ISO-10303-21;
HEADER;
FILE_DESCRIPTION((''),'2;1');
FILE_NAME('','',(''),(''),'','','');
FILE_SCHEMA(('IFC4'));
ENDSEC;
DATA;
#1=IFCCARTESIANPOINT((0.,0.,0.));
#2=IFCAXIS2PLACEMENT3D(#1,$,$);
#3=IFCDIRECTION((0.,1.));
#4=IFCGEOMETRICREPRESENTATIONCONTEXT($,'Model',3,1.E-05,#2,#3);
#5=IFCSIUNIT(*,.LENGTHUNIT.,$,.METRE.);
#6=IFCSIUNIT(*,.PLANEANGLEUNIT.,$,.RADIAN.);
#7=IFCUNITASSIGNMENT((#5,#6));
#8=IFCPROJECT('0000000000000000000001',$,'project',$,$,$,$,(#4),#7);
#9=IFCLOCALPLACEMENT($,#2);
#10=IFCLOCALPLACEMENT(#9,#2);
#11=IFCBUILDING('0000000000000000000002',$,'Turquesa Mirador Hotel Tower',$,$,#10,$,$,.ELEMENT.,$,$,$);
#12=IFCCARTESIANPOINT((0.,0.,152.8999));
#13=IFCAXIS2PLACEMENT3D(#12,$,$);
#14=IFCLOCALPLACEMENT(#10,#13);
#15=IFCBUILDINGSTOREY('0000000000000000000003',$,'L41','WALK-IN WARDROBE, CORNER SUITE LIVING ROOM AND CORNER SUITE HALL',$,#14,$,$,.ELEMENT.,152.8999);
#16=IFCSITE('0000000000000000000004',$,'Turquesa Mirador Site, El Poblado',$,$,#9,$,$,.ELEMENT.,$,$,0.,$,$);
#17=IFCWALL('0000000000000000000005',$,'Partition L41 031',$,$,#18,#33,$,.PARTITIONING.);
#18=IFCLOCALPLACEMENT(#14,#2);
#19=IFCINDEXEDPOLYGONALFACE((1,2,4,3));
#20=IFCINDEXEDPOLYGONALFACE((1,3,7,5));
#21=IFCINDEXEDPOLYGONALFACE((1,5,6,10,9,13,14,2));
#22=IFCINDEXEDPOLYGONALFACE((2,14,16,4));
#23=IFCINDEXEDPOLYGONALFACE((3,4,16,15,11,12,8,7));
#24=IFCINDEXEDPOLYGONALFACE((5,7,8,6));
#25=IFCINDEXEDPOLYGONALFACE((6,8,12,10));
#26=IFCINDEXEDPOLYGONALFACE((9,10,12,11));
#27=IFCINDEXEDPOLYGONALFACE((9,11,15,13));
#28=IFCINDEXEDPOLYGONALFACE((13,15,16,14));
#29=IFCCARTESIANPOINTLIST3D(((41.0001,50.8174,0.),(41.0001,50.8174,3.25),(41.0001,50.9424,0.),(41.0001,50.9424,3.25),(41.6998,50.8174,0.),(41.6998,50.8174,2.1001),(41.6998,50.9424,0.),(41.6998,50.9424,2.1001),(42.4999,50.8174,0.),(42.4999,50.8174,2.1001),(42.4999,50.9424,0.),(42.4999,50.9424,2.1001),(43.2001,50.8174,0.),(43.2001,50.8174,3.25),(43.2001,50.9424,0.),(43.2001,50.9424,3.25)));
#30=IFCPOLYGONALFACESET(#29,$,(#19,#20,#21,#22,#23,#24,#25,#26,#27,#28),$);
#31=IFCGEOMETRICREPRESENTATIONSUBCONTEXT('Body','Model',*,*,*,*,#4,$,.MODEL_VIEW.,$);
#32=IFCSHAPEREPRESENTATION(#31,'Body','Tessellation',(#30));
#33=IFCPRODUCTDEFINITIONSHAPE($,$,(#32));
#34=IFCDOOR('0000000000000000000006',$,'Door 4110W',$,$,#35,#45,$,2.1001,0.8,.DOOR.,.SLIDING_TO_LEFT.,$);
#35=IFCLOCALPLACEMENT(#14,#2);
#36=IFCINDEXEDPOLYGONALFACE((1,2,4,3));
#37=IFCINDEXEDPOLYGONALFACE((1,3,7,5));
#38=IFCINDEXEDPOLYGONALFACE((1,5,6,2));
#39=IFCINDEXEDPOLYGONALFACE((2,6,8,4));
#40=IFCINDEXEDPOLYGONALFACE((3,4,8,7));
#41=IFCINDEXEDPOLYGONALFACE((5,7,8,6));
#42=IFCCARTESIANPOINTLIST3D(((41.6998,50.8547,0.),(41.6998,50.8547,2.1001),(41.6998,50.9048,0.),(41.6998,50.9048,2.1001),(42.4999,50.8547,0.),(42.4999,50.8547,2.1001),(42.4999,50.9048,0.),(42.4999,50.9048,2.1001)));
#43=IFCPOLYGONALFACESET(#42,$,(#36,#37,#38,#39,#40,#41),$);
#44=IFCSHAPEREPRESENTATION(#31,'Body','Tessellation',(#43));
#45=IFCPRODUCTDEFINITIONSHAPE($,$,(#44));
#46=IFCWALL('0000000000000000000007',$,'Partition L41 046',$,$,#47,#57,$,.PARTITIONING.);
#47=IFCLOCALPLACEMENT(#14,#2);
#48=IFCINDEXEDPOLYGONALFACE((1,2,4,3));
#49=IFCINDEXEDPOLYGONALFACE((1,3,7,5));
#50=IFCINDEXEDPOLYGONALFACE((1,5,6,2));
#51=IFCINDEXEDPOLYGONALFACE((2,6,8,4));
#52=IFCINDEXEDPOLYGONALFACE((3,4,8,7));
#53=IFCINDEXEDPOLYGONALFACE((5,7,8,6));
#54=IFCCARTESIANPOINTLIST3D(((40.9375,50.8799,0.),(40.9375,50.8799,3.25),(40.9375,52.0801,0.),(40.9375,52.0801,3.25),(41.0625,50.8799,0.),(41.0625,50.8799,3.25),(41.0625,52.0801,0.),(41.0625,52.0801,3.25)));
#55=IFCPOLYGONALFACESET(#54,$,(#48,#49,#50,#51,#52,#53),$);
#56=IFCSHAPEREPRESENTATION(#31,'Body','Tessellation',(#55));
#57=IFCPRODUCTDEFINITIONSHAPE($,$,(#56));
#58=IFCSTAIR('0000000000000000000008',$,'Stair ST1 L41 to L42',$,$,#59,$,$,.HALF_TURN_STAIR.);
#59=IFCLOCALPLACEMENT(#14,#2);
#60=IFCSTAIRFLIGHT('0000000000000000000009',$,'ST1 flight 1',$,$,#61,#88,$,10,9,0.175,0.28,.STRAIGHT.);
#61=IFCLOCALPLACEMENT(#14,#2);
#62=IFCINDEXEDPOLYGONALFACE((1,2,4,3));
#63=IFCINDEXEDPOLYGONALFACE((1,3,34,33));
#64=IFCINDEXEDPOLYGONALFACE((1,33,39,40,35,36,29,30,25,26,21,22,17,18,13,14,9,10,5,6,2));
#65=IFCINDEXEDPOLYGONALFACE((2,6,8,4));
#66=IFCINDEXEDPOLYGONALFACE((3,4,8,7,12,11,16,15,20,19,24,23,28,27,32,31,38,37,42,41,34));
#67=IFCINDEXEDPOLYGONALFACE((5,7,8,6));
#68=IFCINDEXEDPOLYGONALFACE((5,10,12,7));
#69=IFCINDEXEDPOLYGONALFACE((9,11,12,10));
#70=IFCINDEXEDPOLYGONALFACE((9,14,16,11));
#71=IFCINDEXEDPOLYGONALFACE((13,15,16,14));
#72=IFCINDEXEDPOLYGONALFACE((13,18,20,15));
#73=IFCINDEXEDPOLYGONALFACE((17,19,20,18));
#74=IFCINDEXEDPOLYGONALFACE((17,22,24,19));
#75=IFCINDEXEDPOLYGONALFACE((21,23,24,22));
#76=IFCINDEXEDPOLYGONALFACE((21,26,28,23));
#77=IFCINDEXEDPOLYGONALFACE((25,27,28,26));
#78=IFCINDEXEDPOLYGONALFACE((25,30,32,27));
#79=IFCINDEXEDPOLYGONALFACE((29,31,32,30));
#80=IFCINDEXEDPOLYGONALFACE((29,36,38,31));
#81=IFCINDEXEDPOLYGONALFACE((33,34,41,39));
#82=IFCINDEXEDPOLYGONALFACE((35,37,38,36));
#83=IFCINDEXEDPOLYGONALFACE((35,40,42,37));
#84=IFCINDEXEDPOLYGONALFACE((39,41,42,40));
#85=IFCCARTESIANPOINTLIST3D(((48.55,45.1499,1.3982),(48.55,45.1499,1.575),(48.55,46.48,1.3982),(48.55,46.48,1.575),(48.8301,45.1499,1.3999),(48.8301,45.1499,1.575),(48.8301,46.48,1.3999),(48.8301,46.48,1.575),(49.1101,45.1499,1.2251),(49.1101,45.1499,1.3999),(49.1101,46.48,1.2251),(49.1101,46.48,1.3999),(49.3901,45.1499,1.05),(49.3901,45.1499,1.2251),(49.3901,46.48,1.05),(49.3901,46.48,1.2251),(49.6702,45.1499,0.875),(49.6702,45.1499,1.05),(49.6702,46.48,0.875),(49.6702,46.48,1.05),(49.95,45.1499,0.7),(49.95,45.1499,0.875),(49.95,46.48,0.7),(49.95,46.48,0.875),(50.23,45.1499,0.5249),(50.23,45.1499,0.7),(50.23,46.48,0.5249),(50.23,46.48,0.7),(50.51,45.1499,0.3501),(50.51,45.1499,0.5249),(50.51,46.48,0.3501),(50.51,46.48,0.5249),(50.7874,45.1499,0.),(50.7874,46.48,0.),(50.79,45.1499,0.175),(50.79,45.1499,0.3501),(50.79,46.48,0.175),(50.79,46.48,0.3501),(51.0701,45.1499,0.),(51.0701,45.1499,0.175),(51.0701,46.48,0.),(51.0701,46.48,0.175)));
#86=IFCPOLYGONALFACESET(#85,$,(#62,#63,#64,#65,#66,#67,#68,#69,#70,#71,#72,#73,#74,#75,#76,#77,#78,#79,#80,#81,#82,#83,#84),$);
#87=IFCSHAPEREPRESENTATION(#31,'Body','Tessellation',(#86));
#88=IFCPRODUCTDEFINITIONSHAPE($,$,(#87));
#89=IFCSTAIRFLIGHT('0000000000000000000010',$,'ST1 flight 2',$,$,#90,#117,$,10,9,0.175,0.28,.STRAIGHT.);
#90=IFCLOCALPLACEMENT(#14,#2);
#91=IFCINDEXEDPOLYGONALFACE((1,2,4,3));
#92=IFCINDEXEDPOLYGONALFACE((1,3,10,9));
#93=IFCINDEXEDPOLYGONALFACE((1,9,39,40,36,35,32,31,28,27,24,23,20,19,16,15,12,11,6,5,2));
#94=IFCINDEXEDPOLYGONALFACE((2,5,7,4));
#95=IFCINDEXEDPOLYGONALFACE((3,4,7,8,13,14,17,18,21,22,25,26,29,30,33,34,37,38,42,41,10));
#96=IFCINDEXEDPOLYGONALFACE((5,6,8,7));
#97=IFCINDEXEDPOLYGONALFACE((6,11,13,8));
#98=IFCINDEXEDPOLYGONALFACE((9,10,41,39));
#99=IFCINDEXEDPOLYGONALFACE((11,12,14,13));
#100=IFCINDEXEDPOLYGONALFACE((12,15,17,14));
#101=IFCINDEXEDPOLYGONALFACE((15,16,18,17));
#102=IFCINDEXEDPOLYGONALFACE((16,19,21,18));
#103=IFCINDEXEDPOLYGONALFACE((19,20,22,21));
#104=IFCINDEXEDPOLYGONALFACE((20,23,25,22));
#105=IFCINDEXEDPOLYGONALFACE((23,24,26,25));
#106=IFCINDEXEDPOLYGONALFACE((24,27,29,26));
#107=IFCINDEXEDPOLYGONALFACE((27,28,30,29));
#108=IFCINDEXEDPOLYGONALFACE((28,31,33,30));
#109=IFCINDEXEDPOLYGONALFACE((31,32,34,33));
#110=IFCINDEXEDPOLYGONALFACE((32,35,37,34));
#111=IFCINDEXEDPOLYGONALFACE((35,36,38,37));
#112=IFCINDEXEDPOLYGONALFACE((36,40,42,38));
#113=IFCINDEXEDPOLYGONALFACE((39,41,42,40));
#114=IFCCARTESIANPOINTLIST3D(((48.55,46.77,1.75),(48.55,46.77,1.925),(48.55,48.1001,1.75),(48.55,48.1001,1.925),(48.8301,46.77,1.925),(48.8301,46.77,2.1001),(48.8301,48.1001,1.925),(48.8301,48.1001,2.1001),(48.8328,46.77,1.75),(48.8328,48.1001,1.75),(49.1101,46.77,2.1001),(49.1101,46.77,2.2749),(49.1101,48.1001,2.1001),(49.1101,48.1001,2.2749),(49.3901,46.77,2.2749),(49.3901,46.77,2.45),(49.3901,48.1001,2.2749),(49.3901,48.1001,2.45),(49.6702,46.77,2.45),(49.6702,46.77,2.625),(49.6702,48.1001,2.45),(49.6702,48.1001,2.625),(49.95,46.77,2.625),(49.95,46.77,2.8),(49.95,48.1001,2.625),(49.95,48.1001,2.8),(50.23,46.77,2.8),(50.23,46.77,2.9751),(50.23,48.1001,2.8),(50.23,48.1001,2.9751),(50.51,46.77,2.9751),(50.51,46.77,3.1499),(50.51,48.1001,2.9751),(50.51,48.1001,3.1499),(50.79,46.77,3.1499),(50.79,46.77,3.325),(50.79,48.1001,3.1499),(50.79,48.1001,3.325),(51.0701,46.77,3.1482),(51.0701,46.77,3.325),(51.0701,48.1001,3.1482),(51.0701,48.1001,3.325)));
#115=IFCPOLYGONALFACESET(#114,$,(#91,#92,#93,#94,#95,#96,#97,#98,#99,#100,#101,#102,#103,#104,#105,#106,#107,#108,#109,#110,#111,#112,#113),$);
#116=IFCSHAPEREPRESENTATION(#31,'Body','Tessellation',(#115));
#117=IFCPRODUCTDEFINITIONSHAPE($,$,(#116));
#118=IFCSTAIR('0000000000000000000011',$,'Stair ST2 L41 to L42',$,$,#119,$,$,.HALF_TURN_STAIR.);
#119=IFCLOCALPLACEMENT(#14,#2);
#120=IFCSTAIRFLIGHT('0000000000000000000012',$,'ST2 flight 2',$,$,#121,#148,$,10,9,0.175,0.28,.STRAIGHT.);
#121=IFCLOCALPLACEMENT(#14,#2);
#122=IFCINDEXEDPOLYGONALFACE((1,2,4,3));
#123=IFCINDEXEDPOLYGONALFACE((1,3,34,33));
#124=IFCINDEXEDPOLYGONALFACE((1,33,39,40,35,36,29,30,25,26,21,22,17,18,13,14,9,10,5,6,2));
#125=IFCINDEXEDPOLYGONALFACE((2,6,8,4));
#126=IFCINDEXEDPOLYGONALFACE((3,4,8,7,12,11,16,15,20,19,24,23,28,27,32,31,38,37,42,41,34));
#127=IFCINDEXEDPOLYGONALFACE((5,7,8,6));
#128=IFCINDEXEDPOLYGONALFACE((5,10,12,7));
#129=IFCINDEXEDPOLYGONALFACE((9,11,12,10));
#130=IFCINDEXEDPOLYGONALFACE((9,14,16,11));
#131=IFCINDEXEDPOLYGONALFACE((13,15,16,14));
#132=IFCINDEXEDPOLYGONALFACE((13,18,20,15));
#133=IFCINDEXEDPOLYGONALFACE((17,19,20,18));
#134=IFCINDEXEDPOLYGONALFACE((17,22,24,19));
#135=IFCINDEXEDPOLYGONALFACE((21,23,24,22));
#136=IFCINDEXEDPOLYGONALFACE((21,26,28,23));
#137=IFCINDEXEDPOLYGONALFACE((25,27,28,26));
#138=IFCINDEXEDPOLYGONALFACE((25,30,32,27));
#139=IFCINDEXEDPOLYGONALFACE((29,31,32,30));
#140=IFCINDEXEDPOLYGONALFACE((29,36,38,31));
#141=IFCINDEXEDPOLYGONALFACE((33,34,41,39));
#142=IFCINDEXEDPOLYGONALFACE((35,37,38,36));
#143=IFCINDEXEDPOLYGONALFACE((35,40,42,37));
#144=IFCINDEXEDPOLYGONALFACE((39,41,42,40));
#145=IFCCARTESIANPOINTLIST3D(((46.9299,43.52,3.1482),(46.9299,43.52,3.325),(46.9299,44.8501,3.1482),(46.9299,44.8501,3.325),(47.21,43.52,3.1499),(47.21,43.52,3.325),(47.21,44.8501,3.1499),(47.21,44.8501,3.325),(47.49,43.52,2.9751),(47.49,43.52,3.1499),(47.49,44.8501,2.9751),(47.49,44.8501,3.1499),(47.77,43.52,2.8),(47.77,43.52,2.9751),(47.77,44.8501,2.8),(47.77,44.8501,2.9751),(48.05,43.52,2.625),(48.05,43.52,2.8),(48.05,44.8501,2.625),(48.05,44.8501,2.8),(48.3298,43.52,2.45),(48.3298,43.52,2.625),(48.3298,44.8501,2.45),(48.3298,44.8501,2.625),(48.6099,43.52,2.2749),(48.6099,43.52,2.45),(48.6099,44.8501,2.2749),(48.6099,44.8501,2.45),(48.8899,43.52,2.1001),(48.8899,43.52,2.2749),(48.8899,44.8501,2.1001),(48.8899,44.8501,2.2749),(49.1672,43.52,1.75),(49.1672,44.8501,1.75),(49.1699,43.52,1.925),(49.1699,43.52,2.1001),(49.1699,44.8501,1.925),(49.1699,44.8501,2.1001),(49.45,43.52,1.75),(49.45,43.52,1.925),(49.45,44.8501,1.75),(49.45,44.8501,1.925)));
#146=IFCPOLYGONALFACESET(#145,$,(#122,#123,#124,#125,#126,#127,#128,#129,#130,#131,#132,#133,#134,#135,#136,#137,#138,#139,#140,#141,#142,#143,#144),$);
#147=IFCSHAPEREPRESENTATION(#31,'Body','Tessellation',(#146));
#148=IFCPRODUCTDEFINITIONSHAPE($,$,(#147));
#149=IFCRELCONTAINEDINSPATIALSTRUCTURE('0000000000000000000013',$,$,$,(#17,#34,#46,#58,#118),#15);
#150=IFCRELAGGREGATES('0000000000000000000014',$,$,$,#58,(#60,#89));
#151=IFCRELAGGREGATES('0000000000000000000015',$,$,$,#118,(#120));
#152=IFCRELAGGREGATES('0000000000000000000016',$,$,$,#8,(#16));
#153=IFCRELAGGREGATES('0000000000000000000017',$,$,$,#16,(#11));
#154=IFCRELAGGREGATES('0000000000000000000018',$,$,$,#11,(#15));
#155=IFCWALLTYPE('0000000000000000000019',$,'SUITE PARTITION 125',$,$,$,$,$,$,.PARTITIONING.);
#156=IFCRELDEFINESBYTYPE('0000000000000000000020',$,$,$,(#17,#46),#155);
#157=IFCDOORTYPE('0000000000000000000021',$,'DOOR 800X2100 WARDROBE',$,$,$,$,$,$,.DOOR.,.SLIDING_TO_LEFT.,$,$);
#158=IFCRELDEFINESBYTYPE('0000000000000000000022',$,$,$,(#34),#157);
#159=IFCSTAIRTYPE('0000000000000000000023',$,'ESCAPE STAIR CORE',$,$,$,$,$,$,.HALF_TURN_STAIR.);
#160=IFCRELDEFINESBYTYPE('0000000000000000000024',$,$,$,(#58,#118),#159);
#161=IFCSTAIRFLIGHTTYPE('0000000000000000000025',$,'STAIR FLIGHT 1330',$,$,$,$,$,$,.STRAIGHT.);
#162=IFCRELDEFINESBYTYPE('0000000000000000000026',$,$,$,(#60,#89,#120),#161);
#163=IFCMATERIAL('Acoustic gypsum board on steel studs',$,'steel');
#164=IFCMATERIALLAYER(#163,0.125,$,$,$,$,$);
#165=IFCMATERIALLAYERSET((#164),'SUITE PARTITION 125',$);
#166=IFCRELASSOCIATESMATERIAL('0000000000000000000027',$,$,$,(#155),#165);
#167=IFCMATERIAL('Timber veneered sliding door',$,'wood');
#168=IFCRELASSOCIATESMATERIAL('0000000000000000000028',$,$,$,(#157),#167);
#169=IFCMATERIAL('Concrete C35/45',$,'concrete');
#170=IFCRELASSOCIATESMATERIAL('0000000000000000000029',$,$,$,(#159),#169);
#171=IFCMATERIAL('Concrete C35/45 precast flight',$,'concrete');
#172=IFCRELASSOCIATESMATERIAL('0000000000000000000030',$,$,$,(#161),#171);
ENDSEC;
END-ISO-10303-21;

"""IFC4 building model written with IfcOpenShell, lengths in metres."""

from ifc_helpers import new_model, si_unit, direction, frame, frame_2d, origin, place, context, subcontext, project, spatial, polyline, rectangle, outline, extrude, material, layer, layer_set, type_object, element, fill, aggregate, save


model = new_model("IFC4")

# Units and contexts
model_context = context("Model", 3, precision=1e-05, world=origin(), true_north=direction((0.0, 1.0)))
body_context = subcontext(model_context, "Body", "Model", "MODEL_VIEW")
ifc_project = project(units=[si_unit("LENGTHUNIT", "METRE"), si_unit("PLANEANGLEUNIT", "RADIAN")], contexts=[model_context])

# Site, building, storey
site_placement = place(None, origin())
site = spatial("IfcSite", under=ifc_project, at=site_placement, Name="Turquesa Mirador Site, El Poblado", CompositionType="ELEMENT", RefElevation=0.0)
building_placement = place(site_placement, origin())
building = spatial("IfcBuilding", under=site, at=building_placement, Name="Turquesa Mirador Hotel Tower", CompositionType="ELEMENT")
storey_placement = place(building_placement, frame((0.0, 0.0, 152.8999)))
storey = spatial("IfcBuildingStorey", under=building, at=storey_placement, Name="L41", Description="WALK-IN WARDROBE, CORNER SUITE LIVING ROOM AND CORNER SUITE HALL", CompositionType="ELEMENT", Elevation=152.8999)

# Wall, opening, door
ifc_material_1 = material(Name="Acoustic gypsum board on steel studs", Category="steel")
ifc_layer_1 = layer(ifc_material_1, 0.125)
ifc_layer_set_1 = layer_set([ifc_layer_1], Name="SUITE PARTITION 125")
wall_type_1 = type_object("IfcWallType", Name="SUITE PARTITION 125", PredefinedType="PARTITIONING", material=ifc_layer_set_1)
wall_1_placement = place(storey_placement, frame((41.0, 50.8799, 0.0), z_axis=(0.0, 0.0, 1.0), x_axis=(1.0, 0.0, 0.0)))
wall_1 = element("IfcWall", 1, at=wall_1_placement, inside=storey, type_object=wall_type_1, Name="Partition L41 031", PredefinedType="PARTITIONING", context=body_context, shape_type="SweptSolid", body=[
    extrude(rectangle(XDim=2.2, YDim=0.125, at=frame_2d((1.1001, 0.0))), origin(), (0.0, 0.0, 1.0), 3.25),
])
opening_1_placement = place(wall_1_placement, frame((0.7, 0.0, 0.0)))
opening_1 = element("IfcOpeningElement", 2, at=opening_1_placement, cuts=wall_1, PredefinedType="OPENING", context=body_context, shape_type="SweptSolid", body=[
    extrude(rectangle(XDim=0.8, YDim=2.1001, at=frame_2d((0.3999, 1.05))), frame((0.0, 0.0725, 0.0), z_axis=(0.0, -1.0, 0.0), x_axis=(1.0, 0.0, 0.0)), (0.0, 0.0, 1.0), 0.145),
])
ifc_material_2 = material(Name="Timber veneered sliding door", Category="wood")
door_type_1 = type_object("IfcDoorType", Name="DOOR 800X2100 WARDROBE", OperationType="SLIDING_TO_LEFT", PredefinedType="DOOR", material=ifc_material_2)
door_1_placement = place(opening_1_placement, origin())
door_1 = element("IfcDoor", 3, at=door_1_placement, inside=storey, type_object=door_type_1, Name="Door 4110W", OperationType="SLIDING_TO_LEFT", OverallHeight=2.1001, OverallWidth=0.8, PredefinedType="DOOR", context=body_context, shape_type="SweptSolid", body=[
    extrude(rectangle(XDim=0.8, YDim=2.1001, at=frame_2d((0.3999, 1.05))), frame((0.0, 0.0249, 0.0), z_axis=(0.0, -1.0, 0.0), x_axis=(1.0, 0.0, 0.0)), (0.0, 0.0, 1.0), 0.05),
])
fill(opening_1, door_1)

# Wall
wall_2_placement = place(storey_placement, frame((41.0, 50.8799, 0.0), z_axis=(0.0, 0.0, 1.0), x_axis=(0.0, 1.0, 0.0)))
element("IfcWall", 4, at=wall_2_placement, inside=storey, type_object=wall_type_1, Name="Partition L41 046", PredefinedType="PARTITIONING", context=body_context, shape_type="SweptSolid", body=[
    extrude(rectangle(XDim=1.2002, YDim=0.125, at=frame_2d((0.6001, 0.0))), origin(), (0.0, 0.0, 1.0), 3.25),
])

# Stair, stair flights
ifc_material_3 = material(Name="Concrete C35/45", Category="concrete")
stair_type = type_object("IfcStairType", Name="ESCAPE STAIR CORE", PredefinedType="HALF_TURN_STAIR", material=ifc_material_3)
stair_1_placement = place(storey_placement, origin())
stair_1 = element("IfcStair", 5, at=stair_1_placement, inside=storey, type_object=stair_type, Name="Stair ST1 L41 to L42", PredefinedType="HALF_TURN_STAIR")
ifc_material_4 = material(Name="Concrete C35/45 precast flight", Category="concrete")
stair_flight_type = type_object("IfcStairFlightType", Name="STAIR FLIGHT 1330", PredefinedType="STRAIGHT", material=ifc_material_4)
stair_flight_1_placement = place(storey_placement, frame((51.0701, 45.8149, 0.0), z_axis=(0.0, 0.0, 1.0), x_axis=(-1.0, 0.0, 0.0)))
stair_flight_1 = element("IfcStairFlight", 6, at=stair_flight_1_placement, type_object=stair_flight_type, Name="ST1 flight 1", NumberOfRisers=10, NumberOfTreads=9, PredefinedType="STRAIGHT", RiserHeight=0.175, TreadLength=0.28, context=body_context, shape_type="SweptSolid", body=[
    extrude(outline(polyline([(0.0, 0.0), (0.0, 0.175), (0.28, 0.175), (0.28, 0.3501), (0.5601, 0.3501), (0.5601, 0.5249), (0.8401, 0.5249), (0.8401, 0.7), (1.1201, 0.7), (1.1201, 0.875), (1.3999, 0.875), (1.3999, 1.05), (1.6799, 1.05), (1.6799, 1.2251), (1.96, 1.2251), (1.96, 1.3999), (2.24, 1.3999), (2.24, 1.575), (2.52, 1.575), (2.52, 1.75), (2.52, 1.3982), (0.2827, 0.0), (0.0, 0.0)])), frame((0.0, 0.665, 0.0), z_axis=(0.0, -1.0, 0.0), x_axis=(1.0, 0.0, 0.0)), (0.0, 0.0, 1.0), 1.3301),
])
stair_flight_2_placement = place(storey_placement, frame((48.55, 47.4351, 1.75), z_axis=(0.0, 0.0, 1.0), x_axis=(1.0, 0.0, 0.0)))
stair_flight_2 = element("IfcStairFlight", 7, at=stair_flight_2_placement, type_object=stair_flight_type, Name="ST1 flight 2", NumberOfRisers=10, NumberOfTreads=9, PredefinedType="STRAIGHT", RiserHeight=0.175, TreadLength=0.28, context=body_context, shape_type="SweptSolid", body=[
    extrude(outline(polyline([(0.0, 0.0), (0.0, 0.175), (0.28, 0.175), (0.28, 0.3501), (0.5601, 0.3501), (0.5601, 0.5249), (0.8401, 0.5249), (0.8401, 0.7), (1.1201, 0.7), (1.1201, 0.875), (1.3999, 0.875), (1.3999, 1.05), (1.6799, 1.05), (1.6799, 1.2251), (1.96, 1.2251), (1.96, 1.3999), (2.24, 1.3999), (2.24, 1.575), (2.52, 1.575), (2.52, 1.75), (2.52, 1.3982), (0.2827, 0.0), (0.0, 0.0)])), frame((0.0, 0.665, 0.0), z_axis=(0.0, -1.0, 0.0), x_axis=(1.0, 0.0, 0.0)), (0.0, 0.0, 1.0), 1.3301),
])
aggregate(stair_1, [stair_flight_1, stair_flight_2])

# Stair, stair flight
stair_2_placement = place(storey_placement, origin())
stair_2 = element("IfcStair", 8, at=stair_2_placement, inside=storey, type_object=stair_type, Name="Stair ST2 L41 to L42", PredefinedType="HALF_TURN_STAIR")
stair_flight_3_placement = place(storey_placement, frame((49.45, 44.1851, 1.75), z_axis=(0.0, 0.0, 1.0), x_axis=(-1.0, 0.0, 0.0)))
stair_flight_3 = element("IfcStairFlight", 9, at=stair_flight_3_placement, type_object=stair_flight_type, Name="ST2 flight 2", NumberOfRisers=10, NumberOfTreads=9, PredefinedType="STRAIGHT", RiserHeight=0.175, TreadLength=0.28, context=body_context, shape_type="SweptSolid", body=[
    extrude(outline(polyline([(0.0, 0.0), (0.0, 0.175), (0.28, 0.175), (0.28, 0.3501), (0.5601, 0.3501), (0.5601, 0.5249), (0.8401, 0.5249), (0.8401, 0.7), (1.1201, 0.7), (1.1201, 0.875), (1.3999, 0.875), (1.3999, 1.05), (1.6799, 1.05), (1.6799, 1.2251), (1.96, 1.2251), (1.96, 1.3999), (2.24, 1.3999), (2.24, 1.575), (2.52, 1.575), (2.52, 1.75), (2.52, 1.3982), (0.2827, 0.0), (0.0, 0.0)])), frame((0.0, 0.665, 0.0), z_axis=(0.0, -1.0, 0.0), x_axis=(1.0, 0.0, 0.0)), (0.0, 0.0, 1.0), 1.3301),
])
aggregate(stair_2, [stair_flight_3])

save(model, "model.ifc")
